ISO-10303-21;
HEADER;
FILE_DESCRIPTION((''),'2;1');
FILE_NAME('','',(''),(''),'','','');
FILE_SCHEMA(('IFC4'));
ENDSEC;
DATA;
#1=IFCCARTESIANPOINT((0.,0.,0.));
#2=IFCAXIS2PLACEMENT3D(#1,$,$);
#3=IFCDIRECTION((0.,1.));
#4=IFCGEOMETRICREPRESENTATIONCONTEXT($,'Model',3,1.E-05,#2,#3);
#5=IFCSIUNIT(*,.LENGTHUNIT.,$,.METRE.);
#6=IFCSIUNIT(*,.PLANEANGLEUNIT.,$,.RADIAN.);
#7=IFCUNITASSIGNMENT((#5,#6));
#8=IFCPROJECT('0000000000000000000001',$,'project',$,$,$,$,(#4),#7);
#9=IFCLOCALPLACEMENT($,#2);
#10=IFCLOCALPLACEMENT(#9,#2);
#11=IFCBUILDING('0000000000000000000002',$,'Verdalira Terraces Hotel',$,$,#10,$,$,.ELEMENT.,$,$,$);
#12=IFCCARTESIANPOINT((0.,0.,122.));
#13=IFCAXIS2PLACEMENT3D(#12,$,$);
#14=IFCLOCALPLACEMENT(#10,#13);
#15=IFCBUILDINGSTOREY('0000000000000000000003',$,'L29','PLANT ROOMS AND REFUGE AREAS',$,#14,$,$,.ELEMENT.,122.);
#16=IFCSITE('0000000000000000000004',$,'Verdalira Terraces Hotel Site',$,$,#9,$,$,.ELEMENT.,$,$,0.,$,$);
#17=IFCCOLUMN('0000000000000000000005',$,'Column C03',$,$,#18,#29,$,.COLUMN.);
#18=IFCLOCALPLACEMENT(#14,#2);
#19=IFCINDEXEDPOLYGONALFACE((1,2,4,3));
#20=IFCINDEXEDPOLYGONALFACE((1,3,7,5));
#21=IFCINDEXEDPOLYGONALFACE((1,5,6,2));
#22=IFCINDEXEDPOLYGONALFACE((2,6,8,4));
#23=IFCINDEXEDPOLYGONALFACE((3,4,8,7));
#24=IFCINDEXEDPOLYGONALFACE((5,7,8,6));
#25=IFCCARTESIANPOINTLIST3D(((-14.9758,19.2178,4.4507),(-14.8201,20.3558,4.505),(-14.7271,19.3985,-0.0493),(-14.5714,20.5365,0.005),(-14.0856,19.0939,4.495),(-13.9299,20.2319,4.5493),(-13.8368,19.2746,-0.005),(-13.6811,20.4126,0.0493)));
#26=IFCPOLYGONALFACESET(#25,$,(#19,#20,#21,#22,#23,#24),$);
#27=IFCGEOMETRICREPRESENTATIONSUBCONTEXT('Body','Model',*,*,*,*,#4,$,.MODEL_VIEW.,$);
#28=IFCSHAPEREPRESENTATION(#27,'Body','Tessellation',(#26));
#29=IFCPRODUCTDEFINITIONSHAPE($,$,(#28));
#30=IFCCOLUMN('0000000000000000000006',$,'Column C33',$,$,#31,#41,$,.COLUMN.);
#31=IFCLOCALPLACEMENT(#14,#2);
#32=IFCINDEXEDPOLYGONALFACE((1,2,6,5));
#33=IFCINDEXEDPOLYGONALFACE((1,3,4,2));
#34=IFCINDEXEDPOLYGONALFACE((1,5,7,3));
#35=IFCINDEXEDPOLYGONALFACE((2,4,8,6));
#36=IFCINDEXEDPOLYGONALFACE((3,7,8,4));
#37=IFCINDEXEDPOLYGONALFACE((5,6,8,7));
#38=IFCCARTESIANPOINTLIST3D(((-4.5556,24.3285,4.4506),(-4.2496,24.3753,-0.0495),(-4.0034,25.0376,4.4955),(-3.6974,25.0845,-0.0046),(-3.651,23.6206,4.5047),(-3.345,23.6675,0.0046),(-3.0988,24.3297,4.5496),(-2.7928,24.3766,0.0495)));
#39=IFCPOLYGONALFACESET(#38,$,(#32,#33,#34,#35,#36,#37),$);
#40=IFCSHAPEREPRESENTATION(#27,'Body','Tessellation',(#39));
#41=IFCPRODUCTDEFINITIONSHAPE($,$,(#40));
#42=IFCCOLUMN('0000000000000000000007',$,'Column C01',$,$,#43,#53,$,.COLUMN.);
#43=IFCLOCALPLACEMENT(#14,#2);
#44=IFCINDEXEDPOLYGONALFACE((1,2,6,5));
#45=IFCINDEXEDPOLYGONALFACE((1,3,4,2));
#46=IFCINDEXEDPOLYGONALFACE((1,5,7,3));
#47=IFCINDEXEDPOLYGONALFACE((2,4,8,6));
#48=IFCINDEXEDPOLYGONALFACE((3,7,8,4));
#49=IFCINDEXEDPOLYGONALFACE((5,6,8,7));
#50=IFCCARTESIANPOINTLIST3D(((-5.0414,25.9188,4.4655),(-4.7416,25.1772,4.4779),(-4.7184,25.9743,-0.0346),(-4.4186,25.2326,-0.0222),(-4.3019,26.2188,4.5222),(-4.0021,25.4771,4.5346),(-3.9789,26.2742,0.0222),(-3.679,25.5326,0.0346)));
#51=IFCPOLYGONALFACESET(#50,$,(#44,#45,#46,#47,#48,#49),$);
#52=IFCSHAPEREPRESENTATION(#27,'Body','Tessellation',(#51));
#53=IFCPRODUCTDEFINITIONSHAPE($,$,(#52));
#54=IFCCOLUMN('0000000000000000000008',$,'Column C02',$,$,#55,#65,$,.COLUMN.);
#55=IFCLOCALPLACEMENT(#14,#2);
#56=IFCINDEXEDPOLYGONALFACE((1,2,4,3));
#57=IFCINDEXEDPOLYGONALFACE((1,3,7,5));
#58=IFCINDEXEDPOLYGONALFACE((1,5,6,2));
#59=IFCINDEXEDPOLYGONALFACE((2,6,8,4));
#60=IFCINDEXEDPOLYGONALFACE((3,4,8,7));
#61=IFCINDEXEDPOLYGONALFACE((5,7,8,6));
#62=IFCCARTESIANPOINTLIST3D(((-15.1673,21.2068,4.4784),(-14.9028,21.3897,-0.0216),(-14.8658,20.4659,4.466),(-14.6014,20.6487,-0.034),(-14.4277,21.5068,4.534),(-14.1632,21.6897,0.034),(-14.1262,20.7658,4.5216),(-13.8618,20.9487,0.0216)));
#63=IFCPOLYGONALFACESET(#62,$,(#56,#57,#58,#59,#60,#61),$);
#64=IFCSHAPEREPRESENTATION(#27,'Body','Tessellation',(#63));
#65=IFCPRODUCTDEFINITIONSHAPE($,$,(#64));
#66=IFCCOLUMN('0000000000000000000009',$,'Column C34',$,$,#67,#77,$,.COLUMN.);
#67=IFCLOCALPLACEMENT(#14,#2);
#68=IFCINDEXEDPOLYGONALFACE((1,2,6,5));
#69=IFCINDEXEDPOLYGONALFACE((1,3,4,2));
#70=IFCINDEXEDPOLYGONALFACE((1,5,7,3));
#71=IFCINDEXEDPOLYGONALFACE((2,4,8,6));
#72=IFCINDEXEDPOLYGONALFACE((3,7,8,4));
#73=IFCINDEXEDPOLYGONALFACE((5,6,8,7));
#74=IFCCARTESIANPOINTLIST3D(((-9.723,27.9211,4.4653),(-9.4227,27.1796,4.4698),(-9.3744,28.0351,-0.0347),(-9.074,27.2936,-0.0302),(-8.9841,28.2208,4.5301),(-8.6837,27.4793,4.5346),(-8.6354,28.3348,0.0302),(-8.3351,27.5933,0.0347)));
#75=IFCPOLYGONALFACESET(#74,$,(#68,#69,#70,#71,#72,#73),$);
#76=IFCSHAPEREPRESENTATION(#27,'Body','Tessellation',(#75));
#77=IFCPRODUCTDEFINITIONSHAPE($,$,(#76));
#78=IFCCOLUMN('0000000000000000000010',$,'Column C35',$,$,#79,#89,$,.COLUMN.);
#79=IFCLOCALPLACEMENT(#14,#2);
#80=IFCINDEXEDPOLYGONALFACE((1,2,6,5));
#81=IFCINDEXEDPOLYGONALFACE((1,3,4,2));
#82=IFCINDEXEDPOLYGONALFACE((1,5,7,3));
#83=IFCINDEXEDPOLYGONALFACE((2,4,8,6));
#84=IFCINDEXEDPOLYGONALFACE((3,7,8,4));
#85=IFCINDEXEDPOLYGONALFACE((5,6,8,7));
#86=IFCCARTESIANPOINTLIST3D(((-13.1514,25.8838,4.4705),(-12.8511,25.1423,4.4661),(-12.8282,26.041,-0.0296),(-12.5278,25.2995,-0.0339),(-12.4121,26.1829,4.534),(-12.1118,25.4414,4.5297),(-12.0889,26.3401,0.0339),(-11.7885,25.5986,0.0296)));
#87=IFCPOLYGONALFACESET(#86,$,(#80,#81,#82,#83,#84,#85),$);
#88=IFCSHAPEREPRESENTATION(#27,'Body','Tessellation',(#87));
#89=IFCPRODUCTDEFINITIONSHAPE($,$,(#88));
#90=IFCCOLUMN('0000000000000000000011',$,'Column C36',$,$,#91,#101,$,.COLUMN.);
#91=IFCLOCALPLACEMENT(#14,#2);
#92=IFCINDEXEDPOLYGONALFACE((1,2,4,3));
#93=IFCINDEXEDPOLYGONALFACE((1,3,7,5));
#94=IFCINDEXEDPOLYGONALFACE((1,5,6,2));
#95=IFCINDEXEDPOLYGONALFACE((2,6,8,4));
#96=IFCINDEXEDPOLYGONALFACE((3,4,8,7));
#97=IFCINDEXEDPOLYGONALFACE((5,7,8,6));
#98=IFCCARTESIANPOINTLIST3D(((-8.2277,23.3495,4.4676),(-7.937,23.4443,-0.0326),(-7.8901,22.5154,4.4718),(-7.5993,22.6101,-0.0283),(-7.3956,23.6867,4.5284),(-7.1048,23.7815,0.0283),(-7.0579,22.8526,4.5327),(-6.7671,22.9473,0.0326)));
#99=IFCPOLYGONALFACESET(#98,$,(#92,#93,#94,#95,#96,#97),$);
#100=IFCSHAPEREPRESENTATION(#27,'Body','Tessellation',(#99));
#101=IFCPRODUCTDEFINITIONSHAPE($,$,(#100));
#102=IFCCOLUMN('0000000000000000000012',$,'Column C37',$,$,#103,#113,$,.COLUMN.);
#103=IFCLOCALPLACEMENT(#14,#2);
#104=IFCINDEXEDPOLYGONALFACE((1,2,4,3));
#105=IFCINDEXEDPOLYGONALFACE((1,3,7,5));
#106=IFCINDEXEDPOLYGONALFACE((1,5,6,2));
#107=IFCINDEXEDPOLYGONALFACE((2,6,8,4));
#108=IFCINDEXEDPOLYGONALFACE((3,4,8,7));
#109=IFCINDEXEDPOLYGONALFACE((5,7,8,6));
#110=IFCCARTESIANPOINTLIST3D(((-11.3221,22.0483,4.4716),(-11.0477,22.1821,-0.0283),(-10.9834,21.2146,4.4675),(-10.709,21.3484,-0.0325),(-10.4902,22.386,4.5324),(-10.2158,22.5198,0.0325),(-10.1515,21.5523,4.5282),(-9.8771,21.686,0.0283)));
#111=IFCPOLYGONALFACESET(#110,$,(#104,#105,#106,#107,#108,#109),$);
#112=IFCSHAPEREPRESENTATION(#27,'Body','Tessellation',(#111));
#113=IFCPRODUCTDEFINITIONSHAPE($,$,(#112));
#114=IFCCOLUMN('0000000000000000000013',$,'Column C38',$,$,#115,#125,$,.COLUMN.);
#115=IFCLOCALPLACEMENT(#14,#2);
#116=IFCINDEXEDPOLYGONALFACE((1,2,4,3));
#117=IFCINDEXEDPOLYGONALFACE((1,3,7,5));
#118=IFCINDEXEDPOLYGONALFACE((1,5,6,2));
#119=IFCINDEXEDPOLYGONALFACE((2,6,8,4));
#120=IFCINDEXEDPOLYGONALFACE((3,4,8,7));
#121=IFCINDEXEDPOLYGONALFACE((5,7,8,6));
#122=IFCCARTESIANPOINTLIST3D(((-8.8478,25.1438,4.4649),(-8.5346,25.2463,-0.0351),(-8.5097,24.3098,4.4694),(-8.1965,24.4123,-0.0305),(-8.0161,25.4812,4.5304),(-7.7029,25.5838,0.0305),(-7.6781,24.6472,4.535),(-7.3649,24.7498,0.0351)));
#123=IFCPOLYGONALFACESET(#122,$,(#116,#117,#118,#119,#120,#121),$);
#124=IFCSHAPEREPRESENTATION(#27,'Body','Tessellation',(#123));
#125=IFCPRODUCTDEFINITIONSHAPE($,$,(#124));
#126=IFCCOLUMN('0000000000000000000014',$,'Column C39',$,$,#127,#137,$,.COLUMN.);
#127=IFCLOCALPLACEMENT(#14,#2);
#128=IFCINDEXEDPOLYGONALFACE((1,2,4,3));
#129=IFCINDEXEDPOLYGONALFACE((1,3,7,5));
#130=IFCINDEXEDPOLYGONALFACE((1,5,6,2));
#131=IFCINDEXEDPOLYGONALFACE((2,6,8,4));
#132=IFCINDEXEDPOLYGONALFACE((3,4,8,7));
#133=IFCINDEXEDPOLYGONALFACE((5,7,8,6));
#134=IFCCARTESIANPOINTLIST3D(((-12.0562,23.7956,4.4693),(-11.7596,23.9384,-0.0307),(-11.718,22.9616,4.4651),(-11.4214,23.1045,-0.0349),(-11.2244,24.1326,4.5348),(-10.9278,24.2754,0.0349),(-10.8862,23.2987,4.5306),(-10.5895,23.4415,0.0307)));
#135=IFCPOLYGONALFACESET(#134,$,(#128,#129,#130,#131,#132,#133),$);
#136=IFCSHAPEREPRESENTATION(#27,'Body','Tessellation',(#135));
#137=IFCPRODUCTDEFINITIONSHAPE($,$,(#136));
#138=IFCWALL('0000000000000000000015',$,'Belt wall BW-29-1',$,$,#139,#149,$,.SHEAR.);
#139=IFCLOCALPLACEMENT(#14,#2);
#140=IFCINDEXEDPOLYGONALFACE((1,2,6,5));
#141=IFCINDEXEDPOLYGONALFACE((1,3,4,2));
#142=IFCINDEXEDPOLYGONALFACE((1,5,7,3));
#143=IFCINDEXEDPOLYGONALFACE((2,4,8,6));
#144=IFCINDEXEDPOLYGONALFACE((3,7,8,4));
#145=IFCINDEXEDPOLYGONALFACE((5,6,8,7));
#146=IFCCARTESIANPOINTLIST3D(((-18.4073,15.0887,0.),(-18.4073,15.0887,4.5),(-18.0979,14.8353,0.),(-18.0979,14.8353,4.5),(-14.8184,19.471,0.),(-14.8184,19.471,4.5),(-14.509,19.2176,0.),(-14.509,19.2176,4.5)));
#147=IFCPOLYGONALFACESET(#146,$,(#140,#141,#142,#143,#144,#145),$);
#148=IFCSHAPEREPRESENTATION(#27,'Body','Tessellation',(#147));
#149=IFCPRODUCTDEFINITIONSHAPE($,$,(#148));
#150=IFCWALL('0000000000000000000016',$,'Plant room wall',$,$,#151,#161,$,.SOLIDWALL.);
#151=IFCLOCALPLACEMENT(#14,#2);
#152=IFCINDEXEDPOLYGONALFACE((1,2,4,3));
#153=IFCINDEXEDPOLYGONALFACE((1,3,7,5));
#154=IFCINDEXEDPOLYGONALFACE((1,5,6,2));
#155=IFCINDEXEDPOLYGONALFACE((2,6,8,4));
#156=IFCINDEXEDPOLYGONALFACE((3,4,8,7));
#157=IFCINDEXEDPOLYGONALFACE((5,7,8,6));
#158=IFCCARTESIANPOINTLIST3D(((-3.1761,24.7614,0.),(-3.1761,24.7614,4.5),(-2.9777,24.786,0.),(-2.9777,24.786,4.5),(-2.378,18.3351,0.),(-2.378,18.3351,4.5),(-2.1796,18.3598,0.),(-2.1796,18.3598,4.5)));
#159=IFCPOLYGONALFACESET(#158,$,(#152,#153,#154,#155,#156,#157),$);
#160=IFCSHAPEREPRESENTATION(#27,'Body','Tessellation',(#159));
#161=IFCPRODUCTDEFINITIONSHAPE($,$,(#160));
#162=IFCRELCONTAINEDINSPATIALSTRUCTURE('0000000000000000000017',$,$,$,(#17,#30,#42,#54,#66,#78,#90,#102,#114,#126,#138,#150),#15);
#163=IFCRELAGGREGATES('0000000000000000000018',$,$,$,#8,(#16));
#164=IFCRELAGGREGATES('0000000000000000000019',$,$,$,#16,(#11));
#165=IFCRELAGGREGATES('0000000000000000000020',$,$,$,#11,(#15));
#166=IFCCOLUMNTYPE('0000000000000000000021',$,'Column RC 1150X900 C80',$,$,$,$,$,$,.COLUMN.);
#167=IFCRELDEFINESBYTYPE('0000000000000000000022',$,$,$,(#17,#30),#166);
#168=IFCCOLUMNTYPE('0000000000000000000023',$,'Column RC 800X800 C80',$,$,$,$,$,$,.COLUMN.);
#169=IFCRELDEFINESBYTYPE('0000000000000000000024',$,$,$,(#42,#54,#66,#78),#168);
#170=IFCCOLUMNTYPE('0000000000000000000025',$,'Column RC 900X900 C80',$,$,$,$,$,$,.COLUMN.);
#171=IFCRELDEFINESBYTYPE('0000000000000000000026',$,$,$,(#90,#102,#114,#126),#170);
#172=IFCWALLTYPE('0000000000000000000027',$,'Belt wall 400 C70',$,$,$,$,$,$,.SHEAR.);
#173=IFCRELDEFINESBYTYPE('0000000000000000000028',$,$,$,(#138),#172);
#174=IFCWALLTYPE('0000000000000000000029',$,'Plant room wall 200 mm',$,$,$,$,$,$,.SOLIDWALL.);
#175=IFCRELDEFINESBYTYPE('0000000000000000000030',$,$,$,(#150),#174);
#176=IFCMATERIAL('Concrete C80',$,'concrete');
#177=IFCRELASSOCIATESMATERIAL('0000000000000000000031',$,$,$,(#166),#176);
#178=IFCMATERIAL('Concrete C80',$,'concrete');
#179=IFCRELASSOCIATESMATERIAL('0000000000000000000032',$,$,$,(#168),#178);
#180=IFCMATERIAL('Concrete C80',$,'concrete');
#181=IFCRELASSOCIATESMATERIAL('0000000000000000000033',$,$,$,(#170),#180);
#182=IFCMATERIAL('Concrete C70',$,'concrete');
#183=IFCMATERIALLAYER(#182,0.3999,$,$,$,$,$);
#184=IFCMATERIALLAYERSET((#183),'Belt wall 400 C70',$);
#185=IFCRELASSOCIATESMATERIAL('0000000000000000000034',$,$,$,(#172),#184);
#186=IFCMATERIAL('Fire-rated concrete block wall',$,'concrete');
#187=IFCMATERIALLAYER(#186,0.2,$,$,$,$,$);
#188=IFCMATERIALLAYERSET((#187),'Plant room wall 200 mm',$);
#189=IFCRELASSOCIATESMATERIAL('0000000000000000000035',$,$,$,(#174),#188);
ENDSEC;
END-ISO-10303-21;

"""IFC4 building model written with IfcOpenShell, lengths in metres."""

from ifc_helpers import new_model, si_unit, direction, frame, frame_2d, origin, origin_2d, place, context, subcontext, project, spatial, rectangle, extrude, material, layer, layer_set, material_profile, profile_set, type_object, element, save


model = new_model("IFC4")

# Units and contexts
model_context = context("Model", 3, precision=1e-05, world=origin(), true_north=direction((0.0, 1.0)))
body_context = subcontext(model_context, "Body", "Model", "MODEL_VIEW")
ifc_project = project(units=[si_unit("LENGTHUNIT", "METRE"), si_unit("PLANEANGLEUNIT", "RADIAN")], contexts=[model_context])

# Site, building, storey
site_placement = place(None, origin())
site = spatial("IfcSite", under=ifc_project, at=site_placement, Name="Verdalira Terraces Hotel Site", CompositionType="ELEMENT", RefElevation=0.0)
building_placement = place(site_placement, origin())
building = spatial("IfcBuilding", under=site, at=building_placement, Name="Verdalira Terraces Hotel", CompositionType="ELEMENT")
storey_placement = place(building_placement, frame((0.0, 0.0, 122.0)))
storey = spatial("IfcBuildingStorey", under=building, at=storey_placement, Name="L29", Description="PLANT ROOMS AND REFUGE AREAS", CompositionType="ELEMENT", Elevation=122.0)

# Columns
ifc_material_1 = material(Name="Concrete C80", Category="concrete")
ifc_material_profile_1 = material_profile(ifc_material_1, rectangle(XDim=1.1499, YDim=0.8999, at=origin_2d()), Name="RC 1150X900")
ifc_profile_set_1 = profile_set([ifc_material_profile_1], Name="Concrete C80")
column_type_1 = type_object("IfcColumnType", Name="Column RC 1150X900 C80", PredefinedType="COLUMN", material=ifc_profile_set_1)
column_1_placement = place(storey_placement, frame((-14.2041, 19.9055, 0.0), z_axis=(-0.055156, -0.040054, 0.997674), x_axis=(0.135402, 0.989665, 0.047218)))
element("IfcColumn", 1, at=column_1_placement, inside=storey, type_object=column_type_1, Name="Column C03", PredefinedType="COLUMN", context=body_context, shape_type="SweptSolid", body=[
    extrude(rectangle(XDim=1.1499, YDim=0.8999, at=origin_2d()), origin(), (0.0, 0.0, 1.0), 4.5105),
])
column_2_placement = place(storey_placement, frame((-3.5212, 24.376, 0.0), z_axis=(-0.067819, -0.010392, 0.997643), x_axis=(0.786677, -0.615568, 0.047066)))
element("IfcColumn", 2, at=column_2_placement, inside=storey, type_object=column_type_1, Name="Column C33", PredefinedType="COLUMN", context=body_context, shape_type="SweptSolid", body=[
    extrude(rectangle(XDim=1.1499, YDim=0.8999, at=origin_2d()), origin(), (0.0, 0.0, 1.0), 4.5107),
])
ifc_material_2 = material(Name="Concrete C80", Category="concrete")
ifc_material_profile_2 = material_profile(ifc_material_2, rectangle(XDim=0.8, YDim=0.8, at=origin_2d()), Name="RC 800X800")
ifc_profile_set_2 = profile_set([ifc_material_profile_2], Name="Concrete C80")
column_type_2 = type_object("IfcColumnType", Name="Column RC 800X800 C80", PredefinedType="COLUMN", material=ifc_profile_set_2)
column_3_placement = place(storey_placement, frame((-4.1987, 25.7534, 0.0), z_axis=(-0.071588, -0.012283, 0.997359), x_axis=(-0.374775, 0.926987, -0.015484)))
element("IfcColumn", 3, at=column_3_placement, inside=storey, type_object=column_type_2, Name="Column C01", PredefinedType="COLUMN", context=body_context, shape_type="SweptSolid", body=[
    extrude(rectangle(XDim=0.8, YDim=0.8, at=origin_2d()), origin(), (0.0, 0.0, 1.0), 4.512),
])
column_4_placement = place(storey_placement, frame((-14.3823, 21.1692, 0.0), z_axis=(-0.058607, -0.040533, 0.997458), x_axis=(0.376785, -0.926171, -0.015497)))
element("IfcColumn", 4, at=column_4_placement, inside=storey, type_object=column_type_2, Name="Column C02", PredefinedType="COLUMN", context=body_context, shape_type="SweptSolid", body=[
    extrude(rectangle(XDim=0.8, YDim=0.8, at=origin_2d()), origin(), (0.0, 0.0, 1.0), 4.5115),
])
column_5_placement = place(storey_placement, frame((-8.8547, 27.8142, 0.0), z_axis=(-0.077218, -0.025253, 0.996694), x_axis=(-0.923635, -0.374605, -0.081049)))
element("IfcColumn", 5, at=column_5_placement, inside=storey, type_object=column_type_2, Name="Column C34", PredefinedType="COLUMN", context=body_context, shape_type="SweptSolid", body=[
    extrude(rectangle(XDim=0.8, YDim=0.8, at=origin_2d()), origin(), (0.0, 0.0, 1.0), 4.5149),
])
column_6_placement = place(storey_placement, frame((-12.3084, 25.8198, 0.0), z_axis=(-0.071604, -0.034828, 0.996825), x_axis=(-0.924081, -0.373851, -0.07944)))
element("IfcColumn", 6, at=column_6_placement, inside=storey, type_object=column_type_2, Name="Column C35", PredefinedType="COLUMN", context=body_context, shape_type="SweptSolid", body=[
    extrude(rectangle(XDim=0.8, YDim=0.8, at=origin_2d()), origin(), (0.0, 0.0, 1.0), 4.5144),
])
ifc_material_3 = material(Name="Concrete C80", Category="concrete")
ifc_material_profile_3 = material_profile(ifc_material_3, rectangle(XDim=0.8999, YDim=0.8999, at=origin_2d()), Name="RC 900X900")
ifc_profile_set_3 = profile_set([ifc_material_profile_3], Name="Concrete C80")
column_type_3 = type_object("IfcColumnType", Name="Column RC 900X900 C80", PredefinedType="COLUMN", material=ifc_profile_set_3)
column_7_placement = place(storey_placement, frame((-7.3521, 23.1958, 0.0), z_axis=(-0.064467, -0.021002, 0.997699), x_axis=(-0.375243, 0.926914, -0.004735)))
element("IfcColumn", 7, at=column_7_placement, inside=storey, type_object=column_type_3, Name="Column C36", PredefinedType="COLUMN", context=body_context, shape_type="SweptSolid", body=[
    extrude(rectangle(XDim=0.8999, YDim=0.8999, at=origin_2d()), origin(), (0.0, 0.0, 1.0), 4.5105),
])
column_8_placement = place(storey_placement, frame((-10.4624, 21.9341, 0.0), z_axis=(-0.060841, -0.029663, 0.997707), x_axis=(-0.376356, 0.926464, 0.004594)))
element("IfcColumn", 8, at=column_8_placement, inside=storey, type_object=column_type_3, Name="Column C37", PredefinedType="COLUMN", context=body_context, shape_type="SweptSolid", body=[
    extrude(rectangle(XDim=0.8999, YDim=0.8999, at=origin_2d()), origin(), (0.0, 0.0, 1.0), 4.5103),
])
for number, where, z_axis, x_axis, name in (
    (9, (-7.9497, 24.998, 0.0), (-0.069421, -0.022726, 0.997329), (-0.37564, 0.926752, -0.00503), "Column C38"),
    (10, (-11.1746, 23.6899, 0.0), (-0.065742, -0.031654, 0.997334), (-0.375831, 0.926677, 0.004637), "Column C39"),
):
    element("IfcColumn", number, at=place(storey_placement, frame(where, z_axis=z_axis, x_axis=x_axis)), inside=storey, type_object=column_type_3, Name=name, PredefinedType="COLUMN", context=body_context, shape_type="SweptSolid", body=[
        extrude(rectangle(XDim=0.8999, YDim=0.8999, at=origin_2d()), origin(), (0.0, 0.0, 1.0), 4.512),
    ])

# Walls
ifc_material_4 = material(Name="Concrete C70", Category="concrete")
ifc_layer_1 = layer(ifc_material_4, 0.3999)
ifc_layer_set_1 = layer_set([ifc_layer_1], Name="Belt wall 400 C70")
wall_type_1 = type_object("IfcWallType", Name="Belt wall 400 C70", PredefinedType="SHEAR", material=ifc_layer_set_1)
wall_1_placement = place(storey_placement, frame((-14.6638, 19.3442, 0.0), z_axis=(0.0, 0.0, 1.0), x_axis=(-0.63359, -0.773669, 0.0)))
element("IfcWall", 11, at=wall_1_placement, inside=storey, type_object=wall_type_1, Name="Belt wall BW-29-1", PredefinedType="SHEAR", context=body_context, shape_type="SweptSolid", body=[
    extrude(rectangle(XDim=5.6643, YDim=0.3999, at=frame_2d((2.832, 0.0))), origin(), (0.0, 0.0, 1.0), 4.5),
])
ifc_material_5 = material(Name="Fire-rated concrete block wall", Category="concrete")
ifc_layer_2 = layer(ifc_material_5, 0.2)
ifc_layer_set_2 = layer_set([ifc_layer_2], Name="Plant room wall 200 mm")
wall_type_2 = type_object("IfcWallType", Name="Plant room wall 200 mm", PredefinedType="SOLIDWALL", material=ifc_layer_set_2)
wall_2_placement = place(storey_placement, frame((-3.0769, 24.7737, 0.0), z_axis=(0.0, 0.0, 1.0), x_axis=(0.123246, -0.992376, 0.0)))
element("IfcWall", 12, at=wall_2_placement, inside=storey, type_object=wall_type_2, Name="Plant room wall", PredefinedType="SOLIDWALL", context=body_context, shape_type="SweptSolid", body=[
    extrude(rectangle(XDim=6.4756, YDim=0.2, at=frame_2d((3.2378, 0.0))), origin(), (0.0, 0.0, 1.0), 4.5),
])

save(model, "model.ifc")
